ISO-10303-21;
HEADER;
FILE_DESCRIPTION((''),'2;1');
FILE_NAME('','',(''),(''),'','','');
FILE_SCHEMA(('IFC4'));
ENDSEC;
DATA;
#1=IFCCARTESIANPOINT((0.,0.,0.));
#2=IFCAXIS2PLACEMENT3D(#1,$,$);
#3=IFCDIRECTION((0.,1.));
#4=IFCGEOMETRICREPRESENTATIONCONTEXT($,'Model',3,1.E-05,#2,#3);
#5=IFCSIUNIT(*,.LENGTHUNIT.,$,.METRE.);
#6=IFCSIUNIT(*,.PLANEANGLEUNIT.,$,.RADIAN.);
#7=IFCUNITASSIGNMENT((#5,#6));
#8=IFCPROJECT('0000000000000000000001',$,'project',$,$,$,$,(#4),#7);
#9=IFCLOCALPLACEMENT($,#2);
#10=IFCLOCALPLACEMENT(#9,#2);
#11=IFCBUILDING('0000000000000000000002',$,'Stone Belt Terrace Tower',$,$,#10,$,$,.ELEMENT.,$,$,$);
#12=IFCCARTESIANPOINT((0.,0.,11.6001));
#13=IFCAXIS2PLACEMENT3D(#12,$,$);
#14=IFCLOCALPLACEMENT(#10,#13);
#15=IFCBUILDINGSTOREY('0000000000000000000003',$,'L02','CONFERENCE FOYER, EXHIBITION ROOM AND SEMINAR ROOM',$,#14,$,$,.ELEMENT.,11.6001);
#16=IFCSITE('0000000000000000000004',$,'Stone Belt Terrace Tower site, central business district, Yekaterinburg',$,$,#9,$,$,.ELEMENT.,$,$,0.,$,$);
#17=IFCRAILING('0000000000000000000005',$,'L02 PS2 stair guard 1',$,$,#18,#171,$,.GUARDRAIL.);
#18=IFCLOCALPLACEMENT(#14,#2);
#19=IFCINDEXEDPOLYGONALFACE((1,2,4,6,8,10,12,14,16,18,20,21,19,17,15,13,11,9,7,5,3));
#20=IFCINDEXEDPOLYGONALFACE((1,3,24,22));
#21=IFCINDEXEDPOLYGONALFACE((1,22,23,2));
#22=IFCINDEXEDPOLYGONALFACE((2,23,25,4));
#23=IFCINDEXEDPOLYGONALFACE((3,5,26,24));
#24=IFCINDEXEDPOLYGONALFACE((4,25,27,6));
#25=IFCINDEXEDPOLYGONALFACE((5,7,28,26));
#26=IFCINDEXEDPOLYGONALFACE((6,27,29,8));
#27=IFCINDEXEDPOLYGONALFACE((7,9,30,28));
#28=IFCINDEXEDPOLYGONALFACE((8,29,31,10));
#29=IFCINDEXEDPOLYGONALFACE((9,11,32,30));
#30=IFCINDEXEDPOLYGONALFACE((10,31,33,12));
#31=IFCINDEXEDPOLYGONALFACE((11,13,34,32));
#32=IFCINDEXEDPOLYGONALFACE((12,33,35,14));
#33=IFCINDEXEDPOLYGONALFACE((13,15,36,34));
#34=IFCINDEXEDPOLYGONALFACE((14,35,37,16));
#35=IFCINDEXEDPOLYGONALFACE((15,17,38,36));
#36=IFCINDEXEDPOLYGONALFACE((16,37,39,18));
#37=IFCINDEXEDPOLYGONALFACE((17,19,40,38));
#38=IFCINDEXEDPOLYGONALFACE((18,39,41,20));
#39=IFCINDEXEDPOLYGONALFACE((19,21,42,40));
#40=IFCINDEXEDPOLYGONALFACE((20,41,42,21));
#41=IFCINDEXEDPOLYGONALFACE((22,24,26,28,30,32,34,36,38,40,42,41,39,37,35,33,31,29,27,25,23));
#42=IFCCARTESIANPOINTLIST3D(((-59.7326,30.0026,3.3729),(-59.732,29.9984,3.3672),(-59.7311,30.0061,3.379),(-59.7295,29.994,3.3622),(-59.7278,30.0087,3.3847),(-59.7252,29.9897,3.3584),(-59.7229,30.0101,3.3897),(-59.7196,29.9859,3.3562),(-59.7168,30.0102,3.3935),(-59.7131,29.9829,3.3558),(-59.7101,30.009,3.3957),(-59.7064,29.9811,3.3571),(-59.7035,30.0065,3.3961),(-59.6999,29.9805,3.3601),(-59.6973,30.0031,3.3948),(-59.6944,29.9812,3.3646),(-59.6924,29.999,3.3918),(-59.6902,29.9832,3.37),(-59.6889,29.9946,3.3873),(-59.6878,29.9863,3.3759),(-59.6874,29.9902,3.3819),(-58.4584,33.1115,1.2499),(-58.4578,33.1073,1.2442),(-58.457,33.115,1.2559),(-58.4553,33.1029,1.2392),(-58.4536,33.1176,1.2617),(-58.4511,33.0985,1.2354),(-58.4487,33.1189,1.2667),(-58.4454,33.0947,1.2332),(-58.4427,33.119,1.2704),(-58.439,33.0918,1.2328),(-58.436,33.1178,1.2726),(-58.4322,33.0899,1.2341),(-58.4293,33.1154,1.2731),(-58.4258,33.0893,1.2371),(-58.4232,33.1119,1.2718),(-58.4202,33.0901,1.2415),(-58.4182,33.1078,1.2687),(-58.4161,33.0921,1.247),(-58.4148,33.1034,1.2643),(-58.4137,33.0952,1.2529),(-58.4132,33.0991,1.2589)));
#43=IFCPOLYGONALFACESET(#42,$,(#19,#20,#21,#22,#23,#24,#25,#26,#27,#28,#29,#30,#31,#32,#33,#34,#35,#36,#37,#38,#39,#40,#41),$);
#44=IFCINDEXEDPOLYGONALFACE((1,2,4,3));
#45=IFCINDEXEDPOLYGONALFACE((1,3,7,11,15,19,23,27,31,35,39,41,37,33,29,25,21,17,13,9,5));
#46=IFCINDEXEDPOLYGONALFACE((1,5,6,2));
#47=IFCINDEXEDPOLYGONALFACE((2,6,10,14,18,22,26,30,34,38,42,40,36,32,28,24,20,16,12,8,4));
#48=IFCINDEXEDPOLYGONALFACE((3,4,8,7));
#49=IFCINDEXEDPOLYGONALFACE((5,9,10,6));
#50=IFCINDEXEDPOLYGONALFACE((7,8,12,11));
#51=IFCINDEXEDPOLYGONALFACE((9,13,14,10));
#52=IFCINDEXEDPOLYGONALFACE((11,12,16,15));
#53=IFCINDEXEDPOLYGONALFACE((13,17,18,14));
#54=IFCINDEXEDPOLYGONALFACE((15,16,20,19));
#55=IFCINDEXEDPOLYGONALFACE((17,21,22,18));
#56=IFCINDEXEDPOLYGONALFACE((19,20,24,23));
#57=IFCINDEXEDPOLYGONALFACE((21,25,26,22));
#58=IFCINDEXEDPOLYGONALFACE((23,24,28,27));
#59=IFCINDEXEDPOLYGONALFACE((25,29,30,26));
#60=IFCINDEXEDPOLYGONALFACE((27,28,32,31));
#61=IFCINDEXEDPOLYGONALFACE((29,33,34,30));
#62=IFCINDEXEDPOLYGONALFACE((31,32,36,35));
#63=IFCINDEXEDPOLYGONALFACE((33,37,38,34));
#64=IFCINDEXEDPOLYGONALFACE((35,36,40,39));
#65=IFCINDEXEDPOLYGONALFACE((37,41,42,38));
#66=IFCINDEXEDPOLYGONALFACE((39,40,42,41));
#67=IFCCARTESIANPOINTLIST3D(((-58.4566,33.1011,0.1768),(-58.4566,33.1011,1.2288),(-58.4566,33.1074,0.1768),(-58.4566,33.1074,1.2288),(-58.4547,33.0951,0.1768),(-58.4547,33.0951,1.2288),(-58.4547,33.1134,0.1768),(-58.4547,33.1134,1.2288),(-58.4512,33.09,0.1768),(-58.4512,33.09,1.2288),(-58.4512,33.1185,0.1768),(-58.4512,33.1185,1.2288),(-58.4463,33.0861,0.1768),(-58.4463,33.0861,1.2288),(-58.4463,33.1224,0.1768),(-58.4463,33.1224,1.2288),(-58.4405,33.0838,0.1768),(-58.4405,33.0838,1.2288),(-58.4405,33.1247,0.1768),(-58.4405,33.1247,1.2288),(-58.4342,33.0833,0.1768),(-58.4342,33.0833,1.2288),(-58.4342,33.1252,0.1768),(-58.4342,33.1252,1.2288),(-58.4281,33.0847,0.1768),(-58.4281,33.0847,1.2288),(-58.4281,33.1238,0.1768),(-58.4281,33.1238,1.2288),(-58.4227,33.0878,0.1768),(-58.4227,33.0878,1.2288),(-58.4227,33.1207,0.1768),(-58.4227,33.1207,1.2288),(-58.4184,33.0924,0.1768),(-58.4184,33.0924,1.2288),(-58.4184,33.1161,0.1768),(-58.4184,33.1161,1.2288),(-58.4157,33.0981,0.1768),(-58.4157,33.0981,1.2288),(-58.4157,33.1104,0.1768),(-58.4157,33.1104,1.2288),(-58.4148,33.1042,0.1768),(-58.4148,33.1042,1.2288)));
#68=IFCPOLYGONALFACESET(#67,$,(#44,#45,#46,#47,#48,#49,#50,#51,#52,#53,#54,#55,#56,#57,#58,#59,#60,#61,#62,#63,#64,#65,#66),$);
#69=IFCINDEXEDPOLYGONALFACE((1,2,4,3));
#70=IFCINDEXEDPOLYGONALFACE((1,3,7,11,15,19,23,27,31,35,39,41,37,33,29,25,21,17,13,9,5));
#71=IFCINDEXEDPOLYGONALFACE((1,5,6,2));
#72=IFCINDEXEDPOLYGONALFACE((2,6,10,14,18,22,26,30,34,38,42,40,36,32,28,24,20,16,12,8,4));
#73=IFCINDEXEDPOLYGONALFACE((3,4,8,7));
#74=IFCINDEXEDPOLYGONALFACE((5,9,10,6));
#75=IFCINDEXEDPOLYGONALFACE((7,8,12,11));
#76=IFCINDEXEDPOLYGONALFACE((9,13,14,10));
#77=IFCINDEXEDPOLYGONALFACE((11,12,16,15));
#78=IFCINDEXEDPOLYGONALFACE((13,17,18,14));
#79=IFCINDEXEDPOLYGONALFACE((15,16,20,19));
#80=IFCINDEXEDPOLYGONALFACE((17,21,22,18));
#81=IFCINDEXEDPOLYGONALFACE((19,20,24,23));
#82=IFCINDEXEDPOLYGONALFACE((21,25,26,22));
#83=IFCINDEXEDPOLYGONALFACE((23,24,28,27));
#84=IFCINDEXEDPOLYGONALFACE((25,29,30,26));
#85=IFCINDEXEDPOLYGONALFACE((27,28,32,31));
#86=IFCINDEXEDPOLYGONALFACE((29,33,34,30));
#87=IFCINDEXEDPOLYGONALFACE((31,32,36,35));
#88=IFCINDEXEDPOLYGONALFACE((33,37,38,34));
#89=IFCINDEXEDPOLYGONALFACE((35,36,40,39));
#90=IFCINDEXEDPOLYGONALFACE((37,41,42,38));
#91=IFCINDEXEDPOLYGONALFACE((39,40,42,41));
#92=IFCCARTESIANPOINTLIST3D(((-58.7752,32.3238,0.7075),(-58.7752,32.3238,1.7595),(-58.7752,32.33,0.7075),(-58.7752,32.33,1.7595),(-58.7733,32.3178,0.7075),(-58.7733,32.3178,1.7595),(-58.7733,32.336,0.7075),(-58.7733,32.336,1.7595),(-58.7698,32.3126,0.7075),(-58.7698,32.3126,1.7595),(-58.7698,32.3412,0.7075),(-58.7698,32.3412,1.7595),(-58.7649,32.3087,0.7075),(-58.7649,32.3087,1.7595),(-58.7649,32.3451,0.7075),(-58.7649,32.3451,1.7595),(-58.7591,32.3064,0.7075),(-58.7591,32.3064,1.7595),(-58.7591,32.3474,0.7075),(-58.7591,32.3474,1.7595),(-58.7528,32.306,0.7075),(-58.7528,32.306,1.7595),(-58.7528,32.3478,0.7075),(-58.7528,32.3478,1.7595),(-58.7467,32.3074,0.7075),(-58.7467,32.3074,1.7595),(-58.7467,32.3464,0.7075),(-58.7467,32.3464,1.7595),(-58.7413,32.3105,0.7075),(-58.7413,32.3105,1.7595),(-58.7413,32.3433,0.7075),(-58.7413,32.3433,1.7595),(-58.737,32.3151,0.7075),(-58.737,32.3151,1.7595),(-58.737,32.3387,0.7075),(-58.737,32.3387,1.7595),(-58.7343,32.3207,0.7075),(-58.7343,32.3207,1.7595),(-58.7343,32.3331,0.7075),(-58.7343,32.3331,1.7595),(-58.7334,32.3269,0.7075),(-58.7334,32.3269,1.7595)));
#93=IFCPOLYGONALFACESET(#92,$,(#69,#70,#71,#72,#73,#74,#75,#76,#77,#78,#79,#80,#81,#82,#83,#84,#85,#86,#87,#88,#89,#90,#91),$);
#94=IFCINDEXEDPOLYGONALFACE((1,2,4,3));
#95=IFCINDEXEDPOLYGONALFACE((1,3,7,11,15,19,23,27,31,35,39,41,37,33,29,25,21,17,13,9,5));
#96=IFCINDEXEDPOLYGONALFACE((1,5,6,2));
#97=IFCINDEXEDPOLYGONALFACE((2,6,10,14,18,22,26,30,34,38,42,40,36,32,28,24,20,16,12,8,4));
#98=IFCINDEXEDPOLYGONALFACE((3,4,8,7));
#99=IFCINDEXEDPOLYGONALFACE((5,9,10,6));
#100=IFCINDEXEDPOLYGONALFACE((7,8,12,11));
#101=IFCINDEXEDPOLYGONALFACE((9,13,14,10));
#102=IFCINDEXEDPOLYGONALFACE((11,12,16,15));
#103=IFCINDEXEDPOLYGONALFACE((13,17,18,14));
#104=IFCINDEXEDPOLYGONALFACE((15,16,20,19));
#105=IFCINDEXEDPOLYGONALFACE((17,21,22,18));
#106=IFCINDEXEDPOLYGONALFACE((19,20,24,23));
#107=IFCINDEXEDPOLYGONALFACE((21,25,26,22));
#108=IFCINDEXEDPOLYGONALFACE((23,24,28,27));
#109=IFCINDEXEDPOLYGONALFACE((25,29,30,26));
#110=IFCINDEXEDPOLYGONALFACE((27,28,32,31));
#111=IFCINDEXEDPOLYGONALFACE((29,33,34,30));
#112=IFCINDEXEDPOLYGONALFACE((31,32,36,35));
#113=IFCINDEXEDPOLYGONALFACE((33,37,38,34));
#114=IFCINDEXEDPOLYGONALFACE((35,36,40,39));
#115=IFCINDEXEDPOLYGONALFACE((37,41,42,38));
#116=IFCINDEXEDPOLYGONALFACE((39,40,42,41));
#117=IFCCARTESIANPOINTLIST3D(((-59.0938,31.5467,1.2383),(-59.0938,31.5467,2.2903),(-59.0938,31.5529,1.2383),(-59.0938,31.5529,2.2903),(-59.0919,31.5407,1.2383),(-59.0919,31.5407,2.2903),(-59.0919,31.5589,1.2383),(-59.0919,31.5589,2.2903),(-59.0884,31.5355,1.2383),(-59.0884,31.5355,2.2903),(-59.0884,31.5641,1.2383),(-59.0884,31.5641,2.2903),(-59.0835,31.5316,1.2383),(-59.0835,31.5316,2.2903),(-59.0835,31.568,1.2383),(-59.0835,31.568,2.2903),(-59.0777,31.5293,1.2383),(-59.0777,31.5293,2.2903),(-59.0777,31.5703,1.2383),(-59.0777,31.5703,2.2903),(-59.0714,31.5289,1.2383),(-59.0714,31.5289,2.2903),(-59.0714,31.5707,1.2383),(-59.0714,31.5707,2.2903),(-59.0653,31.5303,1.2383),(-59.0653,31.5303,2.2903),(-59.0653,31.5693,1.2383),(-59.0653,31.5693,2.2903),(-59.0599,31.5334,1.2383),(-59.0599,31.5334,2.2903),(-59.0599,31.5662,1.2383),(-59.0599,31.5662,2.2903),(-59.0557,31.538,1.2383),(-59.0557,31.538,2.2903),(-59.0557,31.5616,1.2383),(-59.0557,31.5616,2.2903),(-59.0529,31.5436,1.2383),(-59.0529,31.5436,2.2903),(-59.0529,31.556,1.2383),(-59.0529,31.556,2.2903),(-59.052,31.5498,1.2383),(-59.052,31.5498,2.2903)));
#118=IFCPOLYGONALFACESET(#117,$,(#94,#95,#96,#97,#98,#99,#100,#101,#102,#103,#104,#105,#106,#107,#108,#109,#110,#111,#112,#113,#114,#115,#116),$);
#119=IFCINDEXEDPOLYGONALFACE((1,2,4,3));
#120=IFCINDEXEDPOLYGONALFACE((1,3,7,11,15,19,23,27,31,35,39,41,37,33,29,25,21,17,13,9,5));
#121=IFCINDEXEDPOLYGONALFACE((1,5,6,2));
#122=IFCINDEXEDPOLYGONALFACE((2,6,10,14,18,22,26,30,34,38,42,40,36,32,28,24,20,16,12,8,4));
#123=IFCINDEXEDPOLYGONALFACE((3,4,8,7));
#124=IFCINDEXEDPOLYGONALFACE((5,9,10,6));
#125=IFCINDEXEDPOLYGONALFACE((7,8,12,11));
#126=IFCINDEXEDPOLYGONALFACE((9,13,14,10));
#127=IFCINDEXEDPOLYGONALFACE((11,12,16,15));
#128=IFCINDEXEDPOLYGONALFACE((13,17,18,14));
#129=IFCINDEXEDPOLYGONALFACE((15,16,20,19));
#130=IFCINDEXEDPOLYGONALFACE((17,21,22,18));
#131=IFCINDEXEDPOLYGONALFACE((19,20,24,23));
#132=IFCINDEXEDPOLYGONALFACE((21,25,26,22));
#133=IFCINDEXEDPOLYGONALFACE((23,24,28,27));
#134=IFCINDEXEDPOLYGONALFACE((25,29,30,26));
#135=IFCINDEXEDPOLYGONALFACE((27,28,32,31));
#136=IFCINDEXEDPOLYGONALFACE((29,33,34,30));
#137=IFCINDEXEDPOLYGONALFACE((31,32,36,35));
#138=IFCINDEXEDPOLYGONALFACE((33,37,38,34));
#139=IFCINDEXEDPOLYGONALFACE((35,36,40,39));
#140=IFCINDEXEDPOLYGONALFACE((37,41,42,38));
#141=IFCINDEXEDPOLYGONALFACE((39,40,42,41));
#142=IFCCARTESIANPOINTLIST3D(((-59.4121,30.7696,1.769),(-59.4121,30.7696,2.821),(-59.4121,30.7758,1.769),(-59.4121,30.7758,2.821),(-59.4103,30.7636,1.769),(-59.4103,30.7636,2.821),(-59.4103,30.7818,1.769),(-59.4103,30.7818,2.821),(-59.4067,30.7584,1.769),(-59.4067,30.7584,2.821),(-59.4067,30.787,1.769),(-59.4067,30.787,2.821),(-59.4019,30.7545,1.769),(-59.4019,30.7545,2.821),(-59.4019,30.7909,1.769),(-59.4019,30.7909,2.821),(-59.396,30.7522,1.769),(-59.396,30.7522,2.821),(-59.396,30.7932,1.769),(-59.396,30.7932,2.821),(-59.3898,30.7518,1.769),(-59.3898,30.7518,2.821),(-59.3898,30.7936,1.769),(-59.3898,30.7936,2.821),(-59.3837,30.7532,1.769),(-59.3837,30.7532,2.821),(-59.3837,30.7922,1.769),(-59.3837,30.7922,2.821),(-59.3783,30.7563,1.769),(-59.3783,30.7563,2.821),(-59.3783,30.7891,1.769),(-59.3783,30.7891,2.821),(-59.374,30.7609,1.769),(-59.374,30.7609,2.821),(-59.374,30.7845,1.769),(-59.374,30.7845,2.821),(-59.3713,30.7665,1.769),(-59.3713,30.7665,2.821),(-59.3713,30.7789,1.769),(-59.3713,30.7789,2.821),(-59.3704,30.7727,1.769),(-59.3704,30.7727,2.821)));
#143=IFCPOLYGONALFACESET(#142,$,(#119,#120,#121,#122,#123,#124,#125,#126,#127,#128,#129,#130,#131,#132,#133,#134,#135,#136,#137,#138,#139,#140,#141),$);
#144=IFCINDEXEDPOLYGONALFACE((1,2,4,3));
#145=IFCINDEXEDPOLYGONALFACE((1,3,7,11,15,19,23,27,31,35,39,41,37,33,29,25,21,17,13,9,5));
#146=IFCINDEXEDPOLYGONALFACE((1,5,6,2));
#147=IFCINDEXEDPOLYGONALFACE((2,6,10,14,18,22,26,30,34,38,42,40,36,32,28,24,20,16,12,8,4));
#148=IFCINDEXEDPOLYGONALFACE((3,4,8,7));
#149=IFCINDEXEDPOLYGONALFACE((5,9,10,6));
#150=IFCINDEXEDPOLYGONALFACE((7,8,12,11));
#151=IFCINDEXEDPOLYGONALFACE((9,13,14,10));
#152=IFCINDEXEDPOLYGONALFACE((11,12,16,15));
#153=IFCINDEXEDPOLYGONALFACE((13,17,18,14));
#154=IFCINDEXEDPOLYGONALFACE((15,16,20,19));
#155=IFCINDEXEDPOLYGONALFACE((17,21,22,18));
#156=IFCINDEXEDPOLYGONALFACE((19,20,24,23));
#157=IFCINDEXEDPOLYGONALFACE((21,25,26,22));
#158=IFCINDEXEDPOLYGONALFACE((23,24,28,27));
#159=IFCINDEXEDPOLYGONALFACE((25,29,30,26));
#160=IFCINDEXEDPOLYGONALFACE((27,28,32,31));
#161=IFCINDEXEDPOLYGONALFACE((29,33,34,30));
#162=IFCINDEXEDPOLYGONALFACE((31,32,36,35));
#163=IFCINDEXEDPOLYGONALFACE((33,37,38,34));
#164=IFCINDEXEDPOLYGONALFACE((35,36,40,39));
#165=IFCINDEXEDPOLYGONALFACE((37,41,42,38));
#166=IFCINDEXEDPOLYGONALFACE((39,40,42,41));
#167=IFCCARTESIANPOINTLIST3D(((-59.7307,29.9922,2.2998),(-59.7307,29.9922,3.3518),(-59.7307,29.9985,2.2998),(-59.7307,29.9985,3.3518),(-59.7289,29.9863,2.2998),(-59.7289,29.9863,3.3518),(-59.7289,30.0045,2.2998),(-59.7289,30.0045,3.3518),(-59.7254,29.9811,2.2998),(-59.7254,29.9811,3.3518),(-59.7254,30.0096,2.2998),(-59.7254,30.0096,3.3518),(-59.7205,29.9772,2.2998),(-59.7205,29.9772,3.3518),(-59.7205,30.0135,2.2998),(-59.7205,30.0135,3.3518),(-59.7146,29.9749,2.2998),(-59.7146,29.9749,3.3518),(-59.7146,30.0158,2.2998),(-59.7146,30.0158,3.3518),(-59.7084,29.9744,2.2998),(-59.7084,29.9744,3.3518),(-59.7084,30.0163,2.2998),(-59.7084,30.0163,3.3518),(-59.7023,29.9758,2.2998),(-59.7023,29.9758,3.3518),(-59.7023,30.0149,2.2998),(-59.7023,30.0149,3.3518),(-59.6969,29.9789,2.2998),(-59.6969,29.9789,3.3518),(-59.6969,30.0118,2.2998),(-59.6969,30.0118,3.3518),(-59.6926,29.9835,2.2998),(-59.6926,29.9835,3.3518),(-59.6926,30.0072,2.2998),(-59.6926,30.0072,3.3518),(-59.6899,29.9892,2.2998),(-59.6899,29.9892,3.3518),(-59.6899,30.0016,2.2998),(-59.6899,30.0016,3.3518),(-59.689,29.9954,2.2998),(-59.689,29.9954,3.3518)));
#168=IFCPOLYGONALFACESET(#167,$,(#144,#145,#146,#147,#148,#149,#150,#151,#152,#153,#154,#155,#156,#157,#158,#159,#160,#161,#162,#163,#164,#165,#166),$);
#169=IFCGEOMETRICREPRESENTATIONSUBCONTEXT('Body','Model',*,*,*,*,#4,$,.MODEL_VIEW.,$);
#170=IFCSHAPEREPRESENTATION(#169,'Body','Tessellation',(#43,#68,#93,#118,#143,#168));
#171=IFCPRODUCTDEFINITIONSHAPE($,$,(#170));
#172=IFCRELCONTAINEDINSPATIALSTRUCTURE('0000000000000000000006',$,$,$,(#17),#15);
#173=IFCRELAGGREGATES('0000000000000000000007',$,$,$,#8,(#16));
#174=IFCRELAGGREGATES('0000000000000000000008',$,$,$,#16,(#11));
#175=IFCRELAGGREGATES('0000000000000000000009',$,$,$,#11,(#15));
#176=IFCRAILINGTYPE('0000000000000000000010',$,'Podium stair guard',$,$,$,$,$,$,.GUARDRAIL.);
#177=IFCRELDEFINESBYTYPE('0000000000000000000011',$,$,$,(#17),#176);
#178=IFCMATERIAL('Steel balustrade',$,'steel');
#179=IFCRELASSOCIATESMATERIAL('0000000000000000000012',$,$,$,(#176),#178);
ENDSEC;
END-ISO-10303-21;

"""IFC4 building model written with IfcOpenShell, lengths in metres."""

from ifc_helpers import new_model, si_unit, direction, frame, origin, origin_2d, place, context, subcontext, project, spatial, circle, extrude, material, type_object, element, save


model = new_model("IFC4")

# Units and contexts
model_context = context("Model", 3, precision=1e-05, world=origin(), true_north=direction((0.0, 1.0)))
body_context = subcontext(model_context, "Body", "Model", "MODEL_VIEW")
ifc_project = project(units=[si_unit("LENGTHUNIT", "METRE"), si_unit("PLANEANGLEUNIT", "RADIAN")], contexts=[model_context])

# Site, building, storey
site_placement = place(None, origin())
site = spatial("IfcSite", under=ifc_project, at=site_placement, Name="Stone Belt Terrace Tower site, central business district, Yekaterinburg", CompositionType="ELEMENT", RefElevation=0.0)
building_placement = place(site_placement, origin())
building = spatial("IfcBuilding", under=site, at=building_placement, Name="Stone Belt Terrace Tower", CompositionType="ELEMENT")
storey_placement = place(building_placement, frame((0.0, 0.0, 11.6001)))
storey = spatial("IfcBuildingStorey", under=building, at=storey_placement, Name="L02", Description="CONFERENCE FOYER, EXHIBITION ROOM AND SEMINAR ROOM", CompositionType="ELEMENT", Elevation=11.6001)

# Railing
ifc_material_1 = material(Name="Steel balustrade", Category="steel")
railing_type_1 = type_object("IfcRailingType", Name="Podium stair guard", PredefinedType="GUARDRAIL", material=ifc_material_1)
railing_1_placement = place(storey_placement, frame((-58.4358, 33.1042, 0.1768)))
element("IfcRailing", 1, at=railing_1_placement, inside=storey, type_object=railing_type_1, Name="L02 PS2 stair guard 1", PredefinedType="GUARDRAIL", context=body_context, shape_type="SweptSolid", body=[
    extrude(circle(Radius=0.0239, at=origin_2d()), frame((0.0, 0.0, 1.0762), z_axis=(-0.320593, -0.782224, 0.534178), x_axis=(0.925301, -0.379233, 0.0)), (0.0, 0.0, 1.0), 3.9744),
    extrude(circle(Radius=0.021, at=origin_2d()), origin(), (0.0, 0.0, 1.0), 1.052),
    extrude(circle(Radius=0.021, at=origin_2d()), frame((-0.3186, -0.7773, 0.5308)), (0.0, 0.0, 1.0), 1.052),
    extrude(circle(Radius=0.021, at=origin_2d()), frame((-0.6372, -1.5544, 1.0615)), (0.0, 0.0, 1.0), 1.052),
    extrude(circle(Radius=0.021, at=origin_2d()), frame((-0.9556, -2.3315, 1.5923)), (0.0, 0.0, 1.0), 1.052),
    extrude(circle(Radius=0.021, at=origin_2d()), frame((-1.2742, -3.1089, 2.123)), (0.0, 0.0, 1.0), 1.052),
])

save(model, "model.ifc")
